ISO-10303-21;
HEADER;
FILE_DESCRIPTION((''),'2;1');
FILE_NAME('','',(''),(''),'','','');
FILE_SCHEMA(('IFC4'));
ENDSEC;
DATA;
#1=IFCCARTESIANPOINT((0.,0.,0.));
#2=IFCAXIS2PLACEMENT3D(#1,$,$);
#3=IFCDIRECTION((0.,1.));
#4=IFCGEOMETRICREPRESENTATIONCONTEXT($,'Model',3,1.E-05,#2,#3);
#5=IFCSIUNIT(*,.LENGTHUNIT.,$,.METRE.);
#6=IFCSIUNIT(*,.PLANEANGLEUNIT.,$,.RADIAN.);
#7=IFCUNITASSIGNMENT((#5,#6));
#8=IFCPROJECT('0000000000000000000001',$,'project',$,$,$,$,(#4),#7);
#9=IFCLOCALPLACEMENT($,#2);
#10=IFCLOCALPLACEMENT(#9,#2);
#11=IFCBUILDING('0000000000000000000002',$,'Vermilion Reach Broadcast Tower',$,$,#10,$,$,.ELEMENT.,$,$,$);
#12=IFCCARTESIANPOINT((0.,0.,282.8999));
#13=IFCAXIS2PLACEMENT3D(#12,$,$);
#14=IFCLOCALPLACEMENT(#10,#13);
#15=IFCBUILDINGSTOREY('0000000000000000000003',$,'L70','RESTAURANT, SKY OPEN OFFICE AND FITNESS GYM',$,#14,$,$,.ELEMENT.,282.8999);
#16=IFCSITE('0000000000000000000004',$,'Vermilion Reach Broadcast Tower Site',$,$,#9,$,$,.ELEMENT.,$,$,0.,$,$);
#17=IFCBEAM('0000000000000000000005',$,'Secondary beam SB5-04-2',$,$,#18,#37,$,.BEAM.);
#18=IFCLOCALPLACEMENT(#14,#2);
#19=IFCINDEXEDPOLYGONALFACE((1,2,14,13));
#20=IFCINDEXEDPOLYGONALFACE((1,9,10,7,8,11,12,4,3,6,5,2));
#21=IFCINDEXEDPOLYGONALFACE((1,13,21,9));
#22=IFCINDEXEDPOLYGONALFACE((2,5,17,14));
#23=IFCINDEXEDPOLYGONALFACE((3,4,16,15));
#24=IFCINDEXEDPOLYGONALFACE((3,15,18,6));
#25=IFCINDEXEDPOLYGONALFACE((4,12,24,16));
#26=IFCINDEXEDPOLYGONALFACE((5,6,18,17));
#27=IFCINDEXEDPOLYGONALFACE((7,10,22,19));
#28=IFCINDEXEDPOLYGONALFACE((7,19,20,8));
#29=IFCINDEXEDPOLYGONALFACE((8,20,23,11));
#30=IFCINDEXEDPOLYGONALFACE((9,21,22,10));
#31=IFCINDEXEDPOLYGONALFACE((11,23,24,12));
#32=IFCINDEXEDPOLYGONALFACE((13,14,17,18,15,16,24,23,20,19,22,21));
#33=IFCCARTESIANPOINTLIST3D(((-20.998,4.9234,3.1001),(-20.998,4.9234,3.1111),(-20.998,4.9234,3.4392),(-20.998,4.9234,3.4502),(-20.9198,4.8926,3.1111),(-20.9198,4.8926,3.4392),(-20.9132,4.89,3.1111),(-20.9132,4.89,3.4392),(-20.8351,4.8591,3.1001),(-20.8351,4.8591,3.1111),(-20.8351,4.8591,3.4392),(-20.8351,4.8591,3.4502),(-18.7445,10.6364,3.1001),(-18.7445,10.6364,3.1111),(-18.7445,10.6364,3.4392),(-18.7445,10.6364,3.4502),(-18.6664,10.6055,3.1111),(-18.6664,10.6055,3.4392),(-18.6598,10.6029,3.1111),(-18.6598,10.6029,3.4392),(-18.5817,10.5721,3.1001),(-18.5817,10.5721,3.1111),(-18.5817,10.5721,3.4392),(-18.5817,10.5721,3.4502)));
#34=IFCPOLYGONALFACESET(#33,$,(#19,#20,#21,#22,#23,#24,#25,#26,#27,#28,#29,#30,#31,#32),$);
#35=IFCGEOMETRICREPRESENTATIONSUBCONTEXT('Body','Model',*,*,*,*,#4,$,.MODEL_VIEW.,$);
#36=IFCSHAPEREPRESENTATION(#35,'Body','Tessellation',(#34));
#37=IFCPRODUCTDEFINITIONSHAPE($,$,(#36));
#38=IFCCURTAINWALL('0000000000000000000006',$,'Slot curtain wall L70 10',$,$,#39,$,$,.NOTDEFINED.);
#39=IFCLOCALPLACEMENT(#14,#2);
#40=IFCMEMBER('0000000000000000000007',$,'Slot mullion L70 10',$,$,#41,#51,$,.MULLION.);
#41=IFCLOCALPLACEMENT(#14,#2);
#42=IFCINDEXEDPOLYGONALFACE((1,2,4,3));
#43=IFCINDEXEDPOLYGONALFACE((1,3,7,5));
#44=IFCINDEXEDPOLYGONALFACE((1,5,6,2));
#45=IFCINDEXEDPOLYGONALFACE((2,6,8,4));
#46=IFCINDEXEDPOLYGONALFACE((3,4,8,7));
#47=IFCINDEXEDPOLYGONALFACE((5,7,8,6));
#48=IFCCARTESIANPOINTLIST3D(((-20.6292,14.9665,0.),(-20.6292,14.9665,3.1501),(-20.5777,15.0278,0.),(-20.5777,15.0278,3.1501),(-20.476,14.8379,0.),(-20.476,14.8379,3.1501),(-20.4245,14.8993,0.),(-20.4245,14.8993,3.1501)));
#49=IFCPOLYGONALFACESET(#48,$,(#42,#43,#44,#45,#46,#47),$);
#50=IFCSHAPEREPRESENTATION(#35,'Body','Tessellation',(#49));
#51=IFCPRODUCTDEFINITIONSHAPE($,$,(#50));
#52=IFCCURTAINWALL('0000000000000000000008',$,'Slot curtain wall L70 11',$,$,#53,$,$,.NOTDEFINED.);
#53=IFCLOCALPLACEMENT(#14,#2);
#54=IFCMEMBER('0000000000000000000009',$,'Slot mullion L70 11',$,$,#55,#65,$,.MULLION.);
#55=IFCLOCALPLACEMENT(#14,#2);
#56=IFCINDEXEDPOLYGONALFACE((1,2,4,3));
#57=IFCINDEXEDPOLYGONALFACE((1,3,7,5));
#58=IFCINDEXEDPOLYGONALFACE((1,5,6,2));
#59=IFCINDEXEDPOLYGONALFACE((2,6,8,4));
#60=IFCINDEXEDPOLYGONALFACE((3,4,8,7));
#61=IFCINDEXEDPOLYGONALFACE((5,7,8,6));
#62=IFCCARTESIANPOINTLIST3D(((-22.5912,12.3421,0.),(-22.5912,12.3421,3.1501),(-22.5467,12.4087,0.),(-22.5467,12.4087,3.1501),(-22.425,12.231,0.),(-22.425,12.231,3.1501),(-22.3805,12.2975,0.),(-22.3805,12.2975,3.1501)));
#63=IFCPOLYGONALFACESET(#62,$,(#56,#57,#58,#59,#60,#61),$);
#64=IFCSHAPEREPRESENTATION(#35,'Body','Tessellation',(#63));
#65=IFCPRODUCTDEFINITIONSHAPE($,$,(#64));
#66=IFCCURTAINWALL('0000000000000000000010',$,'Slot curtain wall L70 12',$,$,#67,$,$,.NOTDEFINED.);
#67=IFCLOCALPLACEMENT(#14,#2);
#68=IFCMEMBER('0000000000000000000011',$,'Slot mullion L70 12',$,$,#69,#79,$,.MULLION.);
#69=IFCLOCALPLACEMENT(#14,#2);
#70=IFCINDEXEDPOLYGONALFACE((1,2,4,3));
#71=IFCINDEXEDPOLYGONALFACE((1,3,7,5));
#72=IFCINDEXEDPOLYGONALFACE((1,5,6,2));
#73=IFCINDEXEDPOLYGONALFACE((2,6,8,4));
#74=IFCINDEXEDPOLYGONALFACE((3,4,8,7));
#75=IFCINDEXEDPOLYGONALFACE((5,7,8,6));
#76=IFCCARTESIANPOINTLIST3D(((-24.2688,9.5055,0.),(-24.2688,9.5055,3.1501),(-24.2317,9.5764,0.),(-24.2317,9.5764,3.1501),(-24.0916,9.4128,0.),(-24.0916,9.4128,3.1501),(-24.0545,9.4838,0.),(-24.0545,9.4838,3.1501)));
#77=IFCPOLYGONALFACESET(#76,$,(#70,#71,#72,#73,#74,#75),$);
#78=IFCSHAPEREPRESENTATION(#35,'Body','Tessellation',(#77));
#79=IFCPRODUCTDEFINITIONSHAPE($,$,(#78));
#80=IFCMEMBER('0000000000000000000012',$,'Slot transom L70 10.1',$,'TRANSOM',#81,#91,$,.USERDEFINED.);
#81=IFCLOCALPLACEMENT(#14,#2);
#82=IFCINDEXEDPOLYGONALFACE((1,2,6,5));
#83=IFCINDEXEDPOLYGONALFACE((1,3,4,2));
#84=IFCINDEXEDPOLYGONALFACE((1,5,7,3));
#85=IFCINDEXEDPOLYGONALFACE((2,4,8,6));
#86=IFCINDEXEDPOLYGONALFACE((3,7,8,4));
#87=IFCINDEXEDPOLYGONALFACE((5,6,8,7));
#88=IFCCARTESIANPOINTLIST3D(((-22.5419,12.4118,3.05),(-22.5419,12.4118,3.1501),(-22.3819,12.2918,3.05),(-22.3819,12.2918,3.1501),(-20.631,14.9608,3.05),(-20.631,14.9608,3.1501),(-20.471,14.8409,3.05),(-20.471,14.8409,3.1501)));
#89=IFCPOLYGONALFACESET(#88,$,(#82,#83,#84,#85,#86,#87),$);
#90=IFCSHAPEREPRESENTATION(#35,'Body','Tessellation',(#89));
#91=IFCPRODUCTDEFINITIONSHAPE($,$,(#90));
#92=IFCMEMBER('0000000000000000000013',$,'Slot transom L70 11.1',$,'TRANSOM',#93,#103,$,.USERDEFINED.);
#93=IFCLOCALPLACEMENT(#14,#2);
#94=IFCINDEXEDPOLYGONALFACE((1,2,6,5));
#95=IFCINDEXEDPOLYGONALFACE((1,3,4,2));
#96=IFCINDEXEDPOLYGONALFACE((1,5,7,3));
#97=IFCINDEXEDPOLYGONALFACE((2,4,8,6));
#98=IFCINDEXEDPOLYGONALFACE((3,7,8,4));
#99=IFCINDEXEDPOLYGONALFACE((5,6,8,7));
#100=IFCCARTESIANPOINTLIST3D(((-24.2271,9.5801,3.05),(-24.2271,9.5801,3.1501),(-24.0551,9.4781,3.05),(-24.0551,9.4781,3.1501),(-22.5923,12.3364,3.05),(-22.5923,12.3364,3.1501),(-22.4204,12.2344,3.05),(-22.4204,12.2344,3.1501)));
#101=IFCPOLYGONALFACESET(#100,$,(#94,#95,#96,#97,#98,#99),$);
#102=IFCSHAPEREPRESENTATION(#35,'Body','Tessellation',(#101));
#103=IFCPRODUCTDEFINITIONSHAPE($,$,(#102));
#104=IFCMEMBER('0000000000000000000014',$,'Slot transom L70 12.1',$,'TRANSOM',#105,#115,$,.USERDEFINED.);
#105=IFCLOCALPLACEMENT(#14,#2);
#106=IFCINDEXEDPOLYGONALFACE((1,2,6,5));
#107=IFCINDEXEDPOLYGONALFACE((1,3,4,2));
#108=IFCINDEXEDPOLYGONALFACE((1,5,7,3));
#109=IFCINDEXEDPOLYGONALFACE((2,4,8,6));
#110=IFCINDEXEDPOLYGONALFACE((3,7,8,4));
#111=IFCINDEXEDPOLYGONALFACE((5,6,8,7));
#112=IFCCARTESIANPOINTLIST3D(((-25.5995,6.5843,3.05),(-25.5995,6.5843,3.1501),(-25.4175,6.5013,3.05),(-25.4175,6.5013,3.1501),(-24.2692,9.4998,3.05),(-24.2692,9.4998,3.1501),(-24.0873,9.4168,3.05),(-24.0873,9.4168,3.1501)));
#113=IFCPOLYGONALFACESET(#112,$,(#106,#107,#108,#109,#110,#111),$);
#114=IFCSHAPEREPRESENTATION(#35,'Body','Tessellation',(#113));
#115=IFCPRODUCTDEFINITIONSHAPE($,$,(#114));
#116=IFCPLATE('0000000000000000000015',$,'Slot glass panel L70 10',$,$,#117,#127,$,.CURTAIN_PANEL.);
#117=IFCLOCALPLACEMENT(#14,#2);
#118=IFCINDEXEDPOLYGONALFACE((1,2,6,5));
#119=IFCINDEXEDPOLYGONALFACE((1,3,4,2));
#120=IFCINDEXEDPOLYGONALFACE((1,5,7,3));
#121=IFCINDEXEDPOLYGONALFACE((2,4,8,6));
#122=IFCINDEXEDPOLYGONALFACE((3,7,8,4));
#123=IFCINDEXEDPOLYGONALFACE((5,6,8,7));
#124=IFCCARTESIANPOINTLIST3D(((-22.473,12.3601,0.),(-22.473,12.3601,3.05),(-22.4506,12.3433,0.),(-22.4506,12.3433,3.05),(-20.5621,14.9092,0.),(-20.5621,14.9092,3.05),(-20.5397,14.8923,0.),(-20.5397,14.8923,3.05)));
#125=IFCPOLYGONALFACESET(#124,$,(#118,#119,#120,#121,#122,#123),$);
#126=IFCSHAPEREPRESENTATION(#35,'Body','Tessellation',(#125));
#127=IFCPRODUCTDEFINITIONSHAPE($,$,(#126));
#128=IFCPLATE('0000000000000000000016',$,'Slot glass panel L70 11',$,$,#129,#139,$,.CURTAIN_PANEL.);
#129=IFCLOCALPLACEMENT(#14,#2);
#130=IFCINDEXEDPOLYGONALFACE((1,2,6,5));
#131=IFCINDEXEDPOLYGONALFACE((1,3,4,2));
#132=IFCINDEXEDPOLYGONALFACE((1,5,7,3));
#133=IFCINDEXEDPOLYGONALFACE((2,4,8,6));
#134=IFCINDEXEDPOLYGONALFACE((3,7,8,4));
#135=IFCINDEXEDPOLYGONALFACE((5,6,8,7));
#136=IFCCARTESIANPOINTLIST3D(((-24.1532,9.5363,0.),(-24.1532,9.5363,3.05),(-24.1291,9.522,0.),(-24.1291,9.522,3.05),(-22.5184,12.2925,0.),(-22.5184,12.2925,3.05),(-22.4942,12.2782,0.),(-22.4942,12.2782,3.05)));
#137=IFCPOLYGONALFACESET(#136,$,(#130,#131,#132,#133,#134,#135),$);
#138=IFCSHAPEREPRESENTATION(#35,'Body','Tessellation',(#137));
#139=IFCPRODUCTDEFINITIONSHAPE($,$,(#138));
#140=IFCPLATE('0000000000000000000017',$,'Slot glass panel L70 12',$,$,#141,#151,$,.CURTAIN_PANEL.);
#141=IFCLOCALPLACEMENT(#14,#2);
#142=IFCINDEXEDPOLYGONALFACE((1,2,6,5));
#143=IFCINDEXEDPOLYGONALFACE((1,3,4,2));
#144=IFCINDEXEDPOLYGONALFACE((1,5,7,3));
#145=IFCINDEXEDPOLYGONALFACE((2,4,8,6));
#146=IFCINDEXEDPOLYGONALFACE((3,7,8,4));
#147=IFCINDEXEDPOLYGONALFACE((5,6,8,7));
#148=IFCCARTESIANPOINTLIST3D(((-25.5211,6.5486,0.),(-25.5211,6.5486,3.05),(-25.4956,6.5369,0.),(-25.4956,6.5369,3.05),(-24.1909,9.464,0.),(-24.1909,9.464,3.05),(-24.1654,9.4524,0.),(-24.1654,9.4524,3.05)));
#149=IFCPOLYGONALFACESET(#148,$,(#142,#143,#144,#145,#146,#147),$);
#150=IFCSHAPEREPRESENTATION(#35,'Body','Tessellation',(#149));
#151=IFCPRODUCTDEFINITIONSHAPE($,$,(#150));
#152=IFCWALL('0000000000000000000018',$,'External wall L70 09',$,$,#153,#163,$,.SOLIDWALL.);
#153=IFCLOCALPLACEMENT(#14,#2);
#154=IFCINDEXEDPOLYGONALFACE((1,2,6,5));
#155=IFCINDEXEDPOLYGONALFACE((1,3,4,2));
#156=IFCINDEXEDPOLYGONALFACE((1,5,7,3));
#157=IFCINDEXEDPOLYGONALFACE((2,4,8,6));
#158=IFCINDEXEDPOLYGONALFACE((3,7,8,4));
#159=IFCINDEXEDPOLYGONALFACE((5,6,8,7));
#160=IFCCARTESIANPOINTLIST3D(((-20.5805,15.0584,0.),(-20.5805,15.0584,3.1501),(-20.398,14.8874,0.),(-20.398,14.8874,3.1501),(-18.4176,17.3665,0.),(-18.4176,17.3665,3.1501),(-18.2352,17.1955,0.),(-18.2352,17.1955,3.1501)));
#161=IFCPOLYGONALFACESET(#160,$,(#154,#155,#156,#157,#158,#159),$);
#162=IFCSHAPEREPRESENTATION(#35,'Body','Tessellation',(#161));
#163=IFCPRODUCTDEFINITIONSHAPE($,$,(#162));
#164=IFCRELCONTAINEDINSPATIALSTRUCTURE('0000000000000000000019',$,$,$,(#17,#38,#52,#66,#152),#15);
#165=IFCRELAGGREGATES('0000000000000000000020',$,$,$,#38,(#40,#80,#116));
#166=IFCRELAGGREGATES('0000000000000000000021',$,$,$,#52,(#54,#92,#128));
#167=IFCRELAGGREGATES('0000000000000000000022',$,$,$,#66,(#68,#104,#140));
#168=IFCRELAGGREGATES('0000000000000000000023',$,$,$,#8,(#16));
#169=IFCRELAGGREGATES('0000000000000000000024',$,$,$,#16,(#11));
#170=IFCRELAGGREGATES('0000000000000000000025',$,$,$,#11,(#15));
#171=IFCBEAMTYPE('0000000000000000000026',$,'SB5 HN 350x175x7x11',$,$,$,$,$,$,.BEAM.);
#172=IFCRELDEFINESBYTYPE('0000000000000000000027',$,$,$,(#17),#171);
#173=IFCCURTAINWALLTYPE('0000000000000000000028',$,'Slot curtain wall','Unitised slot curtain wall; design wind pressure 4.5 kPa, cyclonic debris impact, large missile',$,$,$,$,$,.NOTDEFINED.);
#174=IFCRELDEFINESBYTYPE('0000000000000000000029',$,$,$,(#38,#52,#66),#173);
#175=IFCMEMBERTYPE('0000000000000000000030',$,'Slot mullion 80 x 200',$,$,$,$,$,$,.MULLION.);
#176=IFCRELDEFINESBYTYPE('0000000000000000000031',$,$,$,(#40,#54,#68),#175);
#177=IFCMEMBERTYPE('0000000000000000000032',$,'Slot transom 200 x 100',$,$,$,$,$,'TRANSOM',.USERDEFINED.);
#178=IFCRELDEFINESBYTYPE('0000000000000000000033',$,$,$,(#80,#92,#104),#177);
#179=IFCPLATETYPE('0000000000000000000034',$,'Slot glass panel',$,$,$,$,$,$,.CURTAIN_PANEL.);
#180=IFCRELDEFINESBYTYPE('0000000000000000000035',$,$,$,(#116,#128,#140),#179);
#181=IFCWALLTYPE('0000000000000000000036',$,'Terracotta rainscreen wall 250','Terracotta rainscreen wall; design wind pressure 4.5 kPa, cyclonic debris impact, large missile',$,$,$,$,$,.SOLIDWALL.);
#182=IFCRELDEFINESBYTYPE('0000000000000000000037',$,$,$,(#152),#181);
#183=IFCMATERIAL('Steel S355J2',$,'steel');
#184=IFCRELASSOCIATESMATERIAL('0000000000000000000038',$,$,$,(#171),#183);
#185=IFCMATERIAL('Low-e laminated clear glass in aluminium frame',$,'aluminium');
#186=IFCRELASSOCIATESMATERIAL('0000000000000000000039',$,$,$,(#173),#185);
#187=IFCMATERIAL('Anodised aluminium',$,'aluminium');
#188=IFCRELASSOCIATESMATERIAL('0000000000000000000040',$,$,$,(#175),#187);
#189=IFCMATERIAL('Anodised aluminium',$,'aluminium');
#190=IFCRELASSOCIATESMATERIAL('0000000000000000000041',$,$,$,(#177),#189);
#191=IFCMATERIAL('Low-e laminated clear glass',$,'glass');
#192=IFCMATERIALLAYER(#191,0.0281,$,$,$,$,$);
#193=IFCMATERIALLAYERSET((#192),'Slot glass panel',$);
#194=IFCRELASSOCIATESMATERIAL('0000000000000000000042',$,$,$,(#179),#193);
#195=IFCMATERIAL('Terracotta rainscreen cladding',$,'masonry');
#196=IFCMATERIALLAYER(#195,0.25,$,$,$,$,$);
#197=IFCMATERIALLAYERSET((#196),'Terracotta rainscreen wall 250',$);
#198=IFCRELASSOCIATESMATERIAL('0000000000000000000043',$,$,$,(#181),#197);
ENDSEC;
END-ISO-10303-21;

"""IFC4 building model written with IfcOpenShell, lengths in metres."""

from ifc_helpers import new_model, si_unit, direction, frame, frame_2d, origin, origin_2d, place, context, subcontext, project, spatial, rectangle, i_section, extrude, material, layer, layer_set, material_profile, profile_set, type_object, element, aggregate, save


model = new_model("IFC4")

# Units and contexts
model_context = context("Model", 3, precision=1e-05, world=origin(), true_north=direction((0.0, 1.0)))
body_context = subcontext(model_context, "Body", "Model", "MODEL_VIEW")
ifc_project = project(units=[si_unit("LENGTHUNIT", "METRE"), si_unit("PLANEANGLEUNIT", "RADIAN")], contexts=[model_context])

# Site, building, storey
site_placement = place(None, origin())
site = spatial("IfcSite", under=ifc_project, at=site_placement, Name="Vermilion Reach Broadcast Tower Site", CompositionType="ELEMENT", RefElevation=0.0)
building_placement = place(site_placement, origin())
building = spatial("IfcBuilding", under=site, at=building_placement, Name="Vermilion Reach Broadcast Tower", CompositionType="ELEMENT")
storey_placement = place(building_placement, frame((0.0, 0.0, 282.8999)))
storey = spatial("IfcBuildingStorey", under=building, at=storey_placement, Name="L70", Description="RESTAURANT, SKY OPEN OFFICE AND FITNESS GYM", CompositionType="ELEMENT", Elevation=282.8999)

# Beam
ifc_material_1 = material(Name="Steel S355J2", Category="steel")
ifc_material_profile_1 = material_profile(ifc_material_1, i_section(OverallWidth=0.175, OverallDepth=0.3501, WebThickness=0.0071, FlangeThickness=0.011, at=origin_2d()), Name="S355J2 HN 350x175x7x11")
ifc_profile_set_1 = profile_set([ifc_material_profile_1], Name="Steel S355J2")
beam_type_1 = type_object("IfcBeamType", Name="SB5 HN 350x175x7x11", PredefinedType="BEAM", material=ifc_profile_set_1)
beam_1_placement = place(storey_placement, frame((-18.6631, 10.6042, 3.2751), z_axis=(-0.366931, -0.930248, 0.0), x_axis=(0.930248, -0.366931, 0.0)))
element("IfcBeam", 1, at=beam_1_placement, inside=storey, type_object=beam_type_1, Name="Secondary beam SB5-04-2", PredefinedType="BEAM", context=body_context, shape_type="SweptSolid", body=[
    extrude(i_section(OverallWidth=0.175, OverallDepth=0.3501, WebThickness=0.0071, FlangeThickness=0.011, at=origin_2d()), origin(), (0.0, 0.0, 1.0), 6.1414),
])

# Curtain walls, members
ifc_material_2 = material(Name="Low-e laminated clear glass in aluminium frame", Category="aluminium")
curtain_wall_type = type_object("IfcCurtainWallType", Name="Slot curtain wall", Description="Unitised slot curtain wall; design wind pressure 4.5 kPa, cyclonic debris impact, large missile", PredefinedType="NOTDEFINED", material=ifc_material_2)
placement = place(storey_placement, origin())
curtain_wall_1 = element("IfcCurtainWall", 2, at=placement, inside=storey, type_object=curtain_wall_type, Name="Slot curtain wall L70 10", PredefinedType="NOTDEFINED")
ifc_material_3 = material(Name="Anodised aluminium", Category="aluminium")
ifc_material_profile_2 = material_profile(ifc_material_3, rectangle(XDim=0.2, YDim=0.0801, at=origin_2d()), Name="Slot mullion 80 x 200")
ifc_profile_set_2 = profile_set([ifc_material_profile_2], Name="Anodised aluminium")
member_type_1 = type_object("IfcMemberType", Name="Slot mullion 80 x 200", PredefinedType="MULLION", material=ifc_profile_set_2)
member_1_placement = place(storey_placement, frame((-20.5269, 14.9329, 0.0), z_axis=(0.0, 0.0, 1.0), x_axis=(0.766033, -0.642801, 0.0)))
member_1 = element("IfcMember", 3, at=member_1_placement, type_object=member_type_1, Name="Slot mullion L70 10", PredefinedType="MULLION", context=body_context, shape_type="SweptSolid", body=[
    extrude(rectangle(XDim=0.2, YDim=0.0801, at=origin_2d()), origin(), (0.0, 0.0, 1.0), 3.1501),
])
curtain_wall_2 = element("IfcCurtainWall", 4, at=placement, inside=storey, type_object=curtain_wall_type, Name="Slot curtain wall L70 11", PredefinedType="NOTDEFINED")
member_2_placement = place(storey_placement, frame((-22.4858, 12.3198, 0.0), z_axis=(0.0, 0.0, 1.0), x_axis=(0.831315, -0.555801, 0.0)))
member_2 = element("IfcMember", 5, at=member_2_placement, type_object=member_type_1, Name="Slot mullion L70 11", PredefinedType="MULLION", context=body_context, shape_type="SweptSolid", body=[
    extrude(rectangle(XDim=0.2, YDim=0.0801, at=origin_2d()), origin(), (0.0, 0.0, 1.0), 3.1501),
])
curtain_wall_3 = element("IfcCurtainWall", 6, at=placement, inside=storey, type_object=curtain_wall_type, Name="Slot curtain wall L70 12", PredefinedType="NOTDEFINED")
member_3_placement = place(storey_placement, frame((-24.1616, 9.4946, 0.0), z_axis=(0.0, 0.0, 1.0), x_axis=(0.886204, -0.463296, 0.0)))
member_3 = element("IfcMember", 7, at=member_3_placement, type_object=member_type_1, Name="Slot mullion L70 12", PredefinedType="MULLION", context=body_context, shape_type="SweptSolid", body=[
    extrude(rectangle(XDim=0.2, YDim=0.0801, at=origin_2d()), origin(), (0.0, 0.0, 1.0), 3.1501),
])

# Members
ifc_material_4 = material(Name="Anodised aluminium", Category="aluminium")
ifc_material_profile_3 = material_profile(ifc_material_4, rectangle(XDim=0.2, YDim=0.1001, at=origin_2d()), Name="Slot transom 200 x 100")
ifc_profile_set_3 = profile_set([ifc_material_profile_3], Name="Anodised aluminium")
member_type_2 = type_object("IfcMemberType", Name="Slot transom 200 x 100", ElementType="TRANSOM", PredefinedType="USERDEFINED", material=ifc_profile_set_3)
member_4_placement = place(storey_placement, frame((-20.551, 14.9009, 3.1001), z_axis=(-0.599816, -0.800138, 0.0), x_axis=(0.800138, -0.599816, 0.0)))
member_4 = element("IfcMember", 8, at=member_4_placement, type_object=member_type_2, Name="Slot transom L70 10.1", ObjectType="TRANSOM", PredefinedType="USERDEFINED", context=body_context, shape_type="SweptSolid", body=[
    extrude(rectangle(XDim=0.2, YDim=0.1001, at=origin_2d()), origin(), (0.0, 0.0, 1.0), 3.1858),
])
member_5_placement = place(storey_placement, frame((-22.5063, 12.2854, 3.1001), z_axis=(-0.51012, -0.860103, 0.0), x_axis=(0.860103, -0.51012, 0.0)))
member_5 = element("IfcMember", 9, at=member_5_placement, type_object=member_type_2, Name="Slot transom L70 11.1", ObjectType="TRANSOM", PredefinedType="USERDEFINED", context=body_context, shape_type="SweptSolid", body=[
    extrude(rectangle(XDim=0.2, YDim=0.1001, at=origin_2d()), origin(), (0.0, 0.0, 1.0), 3.2046),
])
member_6_placement = place(storey_placement, frame((-24.1782, 9.4583, 3.1001), z_axis=(-0.415117, -0.909768, 0.0), x_axis=(0.909768, -0.415117, 0.0)))
member_6 = element("IfcMember", 10, at=member_6_placement, type_object=member_type_2, Name="Slot transom L70 12.1", ObjectType="TRANSOM", PredefinedType="USERDEFINED", context=body_context, shape_type="SweptSolid", body=[
    extrude(rectangle(XDim=0.2, YDim=0.1001, at=origin_2d()), origin(), (0.0, 0.0, 1.0), 3.2046),
])

# Plates
ifc_material_5 = material(Name="Low-e laminated clear glass", Category="glass")
ifc_layer_1 = layer(ifc_material_5, 0.0281)
ifc_layer_set_1 = layer_set([ifc_layer_1], Name="Slot glass panel")
plate_type = type_object("IfcPlateType", Name="Slot glass panel", PredefinedType="CURTAIN_PANEL", material=ifc_layer_set_1)
plate_1_placement = place(storey_placement, frame((-21.5063, 13.6262, 0.0), z_axis=(0.0, 0.0, 1.0), x_axis=(-0.599827, -0.800129, 0.0)))
plate_1 = element("IfcPlate", 11, at=plate_1_placement, type_object=plate_type, Name="Slot glass panel L70 10", PredefinedType="CURTAIN_PANEL", context=body_context, shape_type="SweptSolid", body=[
    extrude(rectangle(XDim=3.1858, YDim=0.0281, at=origin_2d()), origin(), (0.0, 0.0, 1.0), 3.05),
])
aggregate(curtain_wall_1, [member_1, member_4, plate_1])
plate_2_placement = place(storey_placement, frame((-23.3237, 10.9072, 0.0), z_axis=(0.0, 0.0, 1.0), x_axis=(-0.510157, -0.860081, 0.0)))
plate_2 = element("IfcPlate", 12, at=plate_2_placement, type_object=plate_type, Name="Slot glass panel L70 11", PredefinedType="CURTAIN_PANEL", context=body_context, shape_type="SweptSolid", body=[
    extrude(rectangle(XDim=3.2046, YDim=0.0281, at=origin_2d()), origin(), (0.0, 0.0, 1.0), 3.05),
])
aggregate(curtain_wall_2, [member_2, member_5, plate_2])
plate_3_placement = place(storey_placement, frame((-24.8433, 8.0005, 0.0), z_axis=(0.0, 0.0, 1.0), x_axis=(-0.415101, -0.909775, 0.0)))
plate_3 = element("IfcPlate", 13, at=plate_3_placement, type_object=plate_type, Name="Slot glass panel L70 12", PredefinedType="CURTAIN_PANEL", context=body_context, shape_type="SweptSolid", body=[
    extrude(rectangle(XDim=3.2046, YDim=0.0281, at=origin_2d()), origin(), (0.0, 0.0, 1.0), 3.05),
])
aggregate(curtain_wall_3, [member_3, member_6, plate_3])

# Wall
ifc_material_6 = material(Name="Terracotta rainscreen cladding", Category="masonry")
ifc_layer_2 = layer(ifc_material_6, 0.25)
ifc_layer_set_2 = layer_set([ifc_layer_2], Name="Terracotta rainscreen wall 250")
wall_type_1 = type_object("IfcWallType", Name="Terracotta rainscreen wall 250", Description="Terracotta rainscreen wall; design wind pressure 4.5 kPa, cyclonic debris impact, large missile", PredefinedType="SOLIDWALL", material=ifc_layer_set_2)
wall_1_placement = place(storey_placement, frame((-18.3264, 17.281, 0.0), z_axis=(0.0, 0.0, 1.0), x_axis=(-0.683772, -0.729696, 0.0)))
element("IfcWall", 14, at=wall_1_placement, inside=storey, type_object=wall_type_1, Name="External wall L70 09", PredefinedType="SOLIDWALL", context=body_context, shape_type="SweptSolid", body=[
    extrude(rectangle(XDim=3.1631, YDim=0.25, at=frame_2d((1.5815, 0.0))), origin(), (0.0, 0.0, 1.0), 3.1501),
])

save(model, "model.ifc")
